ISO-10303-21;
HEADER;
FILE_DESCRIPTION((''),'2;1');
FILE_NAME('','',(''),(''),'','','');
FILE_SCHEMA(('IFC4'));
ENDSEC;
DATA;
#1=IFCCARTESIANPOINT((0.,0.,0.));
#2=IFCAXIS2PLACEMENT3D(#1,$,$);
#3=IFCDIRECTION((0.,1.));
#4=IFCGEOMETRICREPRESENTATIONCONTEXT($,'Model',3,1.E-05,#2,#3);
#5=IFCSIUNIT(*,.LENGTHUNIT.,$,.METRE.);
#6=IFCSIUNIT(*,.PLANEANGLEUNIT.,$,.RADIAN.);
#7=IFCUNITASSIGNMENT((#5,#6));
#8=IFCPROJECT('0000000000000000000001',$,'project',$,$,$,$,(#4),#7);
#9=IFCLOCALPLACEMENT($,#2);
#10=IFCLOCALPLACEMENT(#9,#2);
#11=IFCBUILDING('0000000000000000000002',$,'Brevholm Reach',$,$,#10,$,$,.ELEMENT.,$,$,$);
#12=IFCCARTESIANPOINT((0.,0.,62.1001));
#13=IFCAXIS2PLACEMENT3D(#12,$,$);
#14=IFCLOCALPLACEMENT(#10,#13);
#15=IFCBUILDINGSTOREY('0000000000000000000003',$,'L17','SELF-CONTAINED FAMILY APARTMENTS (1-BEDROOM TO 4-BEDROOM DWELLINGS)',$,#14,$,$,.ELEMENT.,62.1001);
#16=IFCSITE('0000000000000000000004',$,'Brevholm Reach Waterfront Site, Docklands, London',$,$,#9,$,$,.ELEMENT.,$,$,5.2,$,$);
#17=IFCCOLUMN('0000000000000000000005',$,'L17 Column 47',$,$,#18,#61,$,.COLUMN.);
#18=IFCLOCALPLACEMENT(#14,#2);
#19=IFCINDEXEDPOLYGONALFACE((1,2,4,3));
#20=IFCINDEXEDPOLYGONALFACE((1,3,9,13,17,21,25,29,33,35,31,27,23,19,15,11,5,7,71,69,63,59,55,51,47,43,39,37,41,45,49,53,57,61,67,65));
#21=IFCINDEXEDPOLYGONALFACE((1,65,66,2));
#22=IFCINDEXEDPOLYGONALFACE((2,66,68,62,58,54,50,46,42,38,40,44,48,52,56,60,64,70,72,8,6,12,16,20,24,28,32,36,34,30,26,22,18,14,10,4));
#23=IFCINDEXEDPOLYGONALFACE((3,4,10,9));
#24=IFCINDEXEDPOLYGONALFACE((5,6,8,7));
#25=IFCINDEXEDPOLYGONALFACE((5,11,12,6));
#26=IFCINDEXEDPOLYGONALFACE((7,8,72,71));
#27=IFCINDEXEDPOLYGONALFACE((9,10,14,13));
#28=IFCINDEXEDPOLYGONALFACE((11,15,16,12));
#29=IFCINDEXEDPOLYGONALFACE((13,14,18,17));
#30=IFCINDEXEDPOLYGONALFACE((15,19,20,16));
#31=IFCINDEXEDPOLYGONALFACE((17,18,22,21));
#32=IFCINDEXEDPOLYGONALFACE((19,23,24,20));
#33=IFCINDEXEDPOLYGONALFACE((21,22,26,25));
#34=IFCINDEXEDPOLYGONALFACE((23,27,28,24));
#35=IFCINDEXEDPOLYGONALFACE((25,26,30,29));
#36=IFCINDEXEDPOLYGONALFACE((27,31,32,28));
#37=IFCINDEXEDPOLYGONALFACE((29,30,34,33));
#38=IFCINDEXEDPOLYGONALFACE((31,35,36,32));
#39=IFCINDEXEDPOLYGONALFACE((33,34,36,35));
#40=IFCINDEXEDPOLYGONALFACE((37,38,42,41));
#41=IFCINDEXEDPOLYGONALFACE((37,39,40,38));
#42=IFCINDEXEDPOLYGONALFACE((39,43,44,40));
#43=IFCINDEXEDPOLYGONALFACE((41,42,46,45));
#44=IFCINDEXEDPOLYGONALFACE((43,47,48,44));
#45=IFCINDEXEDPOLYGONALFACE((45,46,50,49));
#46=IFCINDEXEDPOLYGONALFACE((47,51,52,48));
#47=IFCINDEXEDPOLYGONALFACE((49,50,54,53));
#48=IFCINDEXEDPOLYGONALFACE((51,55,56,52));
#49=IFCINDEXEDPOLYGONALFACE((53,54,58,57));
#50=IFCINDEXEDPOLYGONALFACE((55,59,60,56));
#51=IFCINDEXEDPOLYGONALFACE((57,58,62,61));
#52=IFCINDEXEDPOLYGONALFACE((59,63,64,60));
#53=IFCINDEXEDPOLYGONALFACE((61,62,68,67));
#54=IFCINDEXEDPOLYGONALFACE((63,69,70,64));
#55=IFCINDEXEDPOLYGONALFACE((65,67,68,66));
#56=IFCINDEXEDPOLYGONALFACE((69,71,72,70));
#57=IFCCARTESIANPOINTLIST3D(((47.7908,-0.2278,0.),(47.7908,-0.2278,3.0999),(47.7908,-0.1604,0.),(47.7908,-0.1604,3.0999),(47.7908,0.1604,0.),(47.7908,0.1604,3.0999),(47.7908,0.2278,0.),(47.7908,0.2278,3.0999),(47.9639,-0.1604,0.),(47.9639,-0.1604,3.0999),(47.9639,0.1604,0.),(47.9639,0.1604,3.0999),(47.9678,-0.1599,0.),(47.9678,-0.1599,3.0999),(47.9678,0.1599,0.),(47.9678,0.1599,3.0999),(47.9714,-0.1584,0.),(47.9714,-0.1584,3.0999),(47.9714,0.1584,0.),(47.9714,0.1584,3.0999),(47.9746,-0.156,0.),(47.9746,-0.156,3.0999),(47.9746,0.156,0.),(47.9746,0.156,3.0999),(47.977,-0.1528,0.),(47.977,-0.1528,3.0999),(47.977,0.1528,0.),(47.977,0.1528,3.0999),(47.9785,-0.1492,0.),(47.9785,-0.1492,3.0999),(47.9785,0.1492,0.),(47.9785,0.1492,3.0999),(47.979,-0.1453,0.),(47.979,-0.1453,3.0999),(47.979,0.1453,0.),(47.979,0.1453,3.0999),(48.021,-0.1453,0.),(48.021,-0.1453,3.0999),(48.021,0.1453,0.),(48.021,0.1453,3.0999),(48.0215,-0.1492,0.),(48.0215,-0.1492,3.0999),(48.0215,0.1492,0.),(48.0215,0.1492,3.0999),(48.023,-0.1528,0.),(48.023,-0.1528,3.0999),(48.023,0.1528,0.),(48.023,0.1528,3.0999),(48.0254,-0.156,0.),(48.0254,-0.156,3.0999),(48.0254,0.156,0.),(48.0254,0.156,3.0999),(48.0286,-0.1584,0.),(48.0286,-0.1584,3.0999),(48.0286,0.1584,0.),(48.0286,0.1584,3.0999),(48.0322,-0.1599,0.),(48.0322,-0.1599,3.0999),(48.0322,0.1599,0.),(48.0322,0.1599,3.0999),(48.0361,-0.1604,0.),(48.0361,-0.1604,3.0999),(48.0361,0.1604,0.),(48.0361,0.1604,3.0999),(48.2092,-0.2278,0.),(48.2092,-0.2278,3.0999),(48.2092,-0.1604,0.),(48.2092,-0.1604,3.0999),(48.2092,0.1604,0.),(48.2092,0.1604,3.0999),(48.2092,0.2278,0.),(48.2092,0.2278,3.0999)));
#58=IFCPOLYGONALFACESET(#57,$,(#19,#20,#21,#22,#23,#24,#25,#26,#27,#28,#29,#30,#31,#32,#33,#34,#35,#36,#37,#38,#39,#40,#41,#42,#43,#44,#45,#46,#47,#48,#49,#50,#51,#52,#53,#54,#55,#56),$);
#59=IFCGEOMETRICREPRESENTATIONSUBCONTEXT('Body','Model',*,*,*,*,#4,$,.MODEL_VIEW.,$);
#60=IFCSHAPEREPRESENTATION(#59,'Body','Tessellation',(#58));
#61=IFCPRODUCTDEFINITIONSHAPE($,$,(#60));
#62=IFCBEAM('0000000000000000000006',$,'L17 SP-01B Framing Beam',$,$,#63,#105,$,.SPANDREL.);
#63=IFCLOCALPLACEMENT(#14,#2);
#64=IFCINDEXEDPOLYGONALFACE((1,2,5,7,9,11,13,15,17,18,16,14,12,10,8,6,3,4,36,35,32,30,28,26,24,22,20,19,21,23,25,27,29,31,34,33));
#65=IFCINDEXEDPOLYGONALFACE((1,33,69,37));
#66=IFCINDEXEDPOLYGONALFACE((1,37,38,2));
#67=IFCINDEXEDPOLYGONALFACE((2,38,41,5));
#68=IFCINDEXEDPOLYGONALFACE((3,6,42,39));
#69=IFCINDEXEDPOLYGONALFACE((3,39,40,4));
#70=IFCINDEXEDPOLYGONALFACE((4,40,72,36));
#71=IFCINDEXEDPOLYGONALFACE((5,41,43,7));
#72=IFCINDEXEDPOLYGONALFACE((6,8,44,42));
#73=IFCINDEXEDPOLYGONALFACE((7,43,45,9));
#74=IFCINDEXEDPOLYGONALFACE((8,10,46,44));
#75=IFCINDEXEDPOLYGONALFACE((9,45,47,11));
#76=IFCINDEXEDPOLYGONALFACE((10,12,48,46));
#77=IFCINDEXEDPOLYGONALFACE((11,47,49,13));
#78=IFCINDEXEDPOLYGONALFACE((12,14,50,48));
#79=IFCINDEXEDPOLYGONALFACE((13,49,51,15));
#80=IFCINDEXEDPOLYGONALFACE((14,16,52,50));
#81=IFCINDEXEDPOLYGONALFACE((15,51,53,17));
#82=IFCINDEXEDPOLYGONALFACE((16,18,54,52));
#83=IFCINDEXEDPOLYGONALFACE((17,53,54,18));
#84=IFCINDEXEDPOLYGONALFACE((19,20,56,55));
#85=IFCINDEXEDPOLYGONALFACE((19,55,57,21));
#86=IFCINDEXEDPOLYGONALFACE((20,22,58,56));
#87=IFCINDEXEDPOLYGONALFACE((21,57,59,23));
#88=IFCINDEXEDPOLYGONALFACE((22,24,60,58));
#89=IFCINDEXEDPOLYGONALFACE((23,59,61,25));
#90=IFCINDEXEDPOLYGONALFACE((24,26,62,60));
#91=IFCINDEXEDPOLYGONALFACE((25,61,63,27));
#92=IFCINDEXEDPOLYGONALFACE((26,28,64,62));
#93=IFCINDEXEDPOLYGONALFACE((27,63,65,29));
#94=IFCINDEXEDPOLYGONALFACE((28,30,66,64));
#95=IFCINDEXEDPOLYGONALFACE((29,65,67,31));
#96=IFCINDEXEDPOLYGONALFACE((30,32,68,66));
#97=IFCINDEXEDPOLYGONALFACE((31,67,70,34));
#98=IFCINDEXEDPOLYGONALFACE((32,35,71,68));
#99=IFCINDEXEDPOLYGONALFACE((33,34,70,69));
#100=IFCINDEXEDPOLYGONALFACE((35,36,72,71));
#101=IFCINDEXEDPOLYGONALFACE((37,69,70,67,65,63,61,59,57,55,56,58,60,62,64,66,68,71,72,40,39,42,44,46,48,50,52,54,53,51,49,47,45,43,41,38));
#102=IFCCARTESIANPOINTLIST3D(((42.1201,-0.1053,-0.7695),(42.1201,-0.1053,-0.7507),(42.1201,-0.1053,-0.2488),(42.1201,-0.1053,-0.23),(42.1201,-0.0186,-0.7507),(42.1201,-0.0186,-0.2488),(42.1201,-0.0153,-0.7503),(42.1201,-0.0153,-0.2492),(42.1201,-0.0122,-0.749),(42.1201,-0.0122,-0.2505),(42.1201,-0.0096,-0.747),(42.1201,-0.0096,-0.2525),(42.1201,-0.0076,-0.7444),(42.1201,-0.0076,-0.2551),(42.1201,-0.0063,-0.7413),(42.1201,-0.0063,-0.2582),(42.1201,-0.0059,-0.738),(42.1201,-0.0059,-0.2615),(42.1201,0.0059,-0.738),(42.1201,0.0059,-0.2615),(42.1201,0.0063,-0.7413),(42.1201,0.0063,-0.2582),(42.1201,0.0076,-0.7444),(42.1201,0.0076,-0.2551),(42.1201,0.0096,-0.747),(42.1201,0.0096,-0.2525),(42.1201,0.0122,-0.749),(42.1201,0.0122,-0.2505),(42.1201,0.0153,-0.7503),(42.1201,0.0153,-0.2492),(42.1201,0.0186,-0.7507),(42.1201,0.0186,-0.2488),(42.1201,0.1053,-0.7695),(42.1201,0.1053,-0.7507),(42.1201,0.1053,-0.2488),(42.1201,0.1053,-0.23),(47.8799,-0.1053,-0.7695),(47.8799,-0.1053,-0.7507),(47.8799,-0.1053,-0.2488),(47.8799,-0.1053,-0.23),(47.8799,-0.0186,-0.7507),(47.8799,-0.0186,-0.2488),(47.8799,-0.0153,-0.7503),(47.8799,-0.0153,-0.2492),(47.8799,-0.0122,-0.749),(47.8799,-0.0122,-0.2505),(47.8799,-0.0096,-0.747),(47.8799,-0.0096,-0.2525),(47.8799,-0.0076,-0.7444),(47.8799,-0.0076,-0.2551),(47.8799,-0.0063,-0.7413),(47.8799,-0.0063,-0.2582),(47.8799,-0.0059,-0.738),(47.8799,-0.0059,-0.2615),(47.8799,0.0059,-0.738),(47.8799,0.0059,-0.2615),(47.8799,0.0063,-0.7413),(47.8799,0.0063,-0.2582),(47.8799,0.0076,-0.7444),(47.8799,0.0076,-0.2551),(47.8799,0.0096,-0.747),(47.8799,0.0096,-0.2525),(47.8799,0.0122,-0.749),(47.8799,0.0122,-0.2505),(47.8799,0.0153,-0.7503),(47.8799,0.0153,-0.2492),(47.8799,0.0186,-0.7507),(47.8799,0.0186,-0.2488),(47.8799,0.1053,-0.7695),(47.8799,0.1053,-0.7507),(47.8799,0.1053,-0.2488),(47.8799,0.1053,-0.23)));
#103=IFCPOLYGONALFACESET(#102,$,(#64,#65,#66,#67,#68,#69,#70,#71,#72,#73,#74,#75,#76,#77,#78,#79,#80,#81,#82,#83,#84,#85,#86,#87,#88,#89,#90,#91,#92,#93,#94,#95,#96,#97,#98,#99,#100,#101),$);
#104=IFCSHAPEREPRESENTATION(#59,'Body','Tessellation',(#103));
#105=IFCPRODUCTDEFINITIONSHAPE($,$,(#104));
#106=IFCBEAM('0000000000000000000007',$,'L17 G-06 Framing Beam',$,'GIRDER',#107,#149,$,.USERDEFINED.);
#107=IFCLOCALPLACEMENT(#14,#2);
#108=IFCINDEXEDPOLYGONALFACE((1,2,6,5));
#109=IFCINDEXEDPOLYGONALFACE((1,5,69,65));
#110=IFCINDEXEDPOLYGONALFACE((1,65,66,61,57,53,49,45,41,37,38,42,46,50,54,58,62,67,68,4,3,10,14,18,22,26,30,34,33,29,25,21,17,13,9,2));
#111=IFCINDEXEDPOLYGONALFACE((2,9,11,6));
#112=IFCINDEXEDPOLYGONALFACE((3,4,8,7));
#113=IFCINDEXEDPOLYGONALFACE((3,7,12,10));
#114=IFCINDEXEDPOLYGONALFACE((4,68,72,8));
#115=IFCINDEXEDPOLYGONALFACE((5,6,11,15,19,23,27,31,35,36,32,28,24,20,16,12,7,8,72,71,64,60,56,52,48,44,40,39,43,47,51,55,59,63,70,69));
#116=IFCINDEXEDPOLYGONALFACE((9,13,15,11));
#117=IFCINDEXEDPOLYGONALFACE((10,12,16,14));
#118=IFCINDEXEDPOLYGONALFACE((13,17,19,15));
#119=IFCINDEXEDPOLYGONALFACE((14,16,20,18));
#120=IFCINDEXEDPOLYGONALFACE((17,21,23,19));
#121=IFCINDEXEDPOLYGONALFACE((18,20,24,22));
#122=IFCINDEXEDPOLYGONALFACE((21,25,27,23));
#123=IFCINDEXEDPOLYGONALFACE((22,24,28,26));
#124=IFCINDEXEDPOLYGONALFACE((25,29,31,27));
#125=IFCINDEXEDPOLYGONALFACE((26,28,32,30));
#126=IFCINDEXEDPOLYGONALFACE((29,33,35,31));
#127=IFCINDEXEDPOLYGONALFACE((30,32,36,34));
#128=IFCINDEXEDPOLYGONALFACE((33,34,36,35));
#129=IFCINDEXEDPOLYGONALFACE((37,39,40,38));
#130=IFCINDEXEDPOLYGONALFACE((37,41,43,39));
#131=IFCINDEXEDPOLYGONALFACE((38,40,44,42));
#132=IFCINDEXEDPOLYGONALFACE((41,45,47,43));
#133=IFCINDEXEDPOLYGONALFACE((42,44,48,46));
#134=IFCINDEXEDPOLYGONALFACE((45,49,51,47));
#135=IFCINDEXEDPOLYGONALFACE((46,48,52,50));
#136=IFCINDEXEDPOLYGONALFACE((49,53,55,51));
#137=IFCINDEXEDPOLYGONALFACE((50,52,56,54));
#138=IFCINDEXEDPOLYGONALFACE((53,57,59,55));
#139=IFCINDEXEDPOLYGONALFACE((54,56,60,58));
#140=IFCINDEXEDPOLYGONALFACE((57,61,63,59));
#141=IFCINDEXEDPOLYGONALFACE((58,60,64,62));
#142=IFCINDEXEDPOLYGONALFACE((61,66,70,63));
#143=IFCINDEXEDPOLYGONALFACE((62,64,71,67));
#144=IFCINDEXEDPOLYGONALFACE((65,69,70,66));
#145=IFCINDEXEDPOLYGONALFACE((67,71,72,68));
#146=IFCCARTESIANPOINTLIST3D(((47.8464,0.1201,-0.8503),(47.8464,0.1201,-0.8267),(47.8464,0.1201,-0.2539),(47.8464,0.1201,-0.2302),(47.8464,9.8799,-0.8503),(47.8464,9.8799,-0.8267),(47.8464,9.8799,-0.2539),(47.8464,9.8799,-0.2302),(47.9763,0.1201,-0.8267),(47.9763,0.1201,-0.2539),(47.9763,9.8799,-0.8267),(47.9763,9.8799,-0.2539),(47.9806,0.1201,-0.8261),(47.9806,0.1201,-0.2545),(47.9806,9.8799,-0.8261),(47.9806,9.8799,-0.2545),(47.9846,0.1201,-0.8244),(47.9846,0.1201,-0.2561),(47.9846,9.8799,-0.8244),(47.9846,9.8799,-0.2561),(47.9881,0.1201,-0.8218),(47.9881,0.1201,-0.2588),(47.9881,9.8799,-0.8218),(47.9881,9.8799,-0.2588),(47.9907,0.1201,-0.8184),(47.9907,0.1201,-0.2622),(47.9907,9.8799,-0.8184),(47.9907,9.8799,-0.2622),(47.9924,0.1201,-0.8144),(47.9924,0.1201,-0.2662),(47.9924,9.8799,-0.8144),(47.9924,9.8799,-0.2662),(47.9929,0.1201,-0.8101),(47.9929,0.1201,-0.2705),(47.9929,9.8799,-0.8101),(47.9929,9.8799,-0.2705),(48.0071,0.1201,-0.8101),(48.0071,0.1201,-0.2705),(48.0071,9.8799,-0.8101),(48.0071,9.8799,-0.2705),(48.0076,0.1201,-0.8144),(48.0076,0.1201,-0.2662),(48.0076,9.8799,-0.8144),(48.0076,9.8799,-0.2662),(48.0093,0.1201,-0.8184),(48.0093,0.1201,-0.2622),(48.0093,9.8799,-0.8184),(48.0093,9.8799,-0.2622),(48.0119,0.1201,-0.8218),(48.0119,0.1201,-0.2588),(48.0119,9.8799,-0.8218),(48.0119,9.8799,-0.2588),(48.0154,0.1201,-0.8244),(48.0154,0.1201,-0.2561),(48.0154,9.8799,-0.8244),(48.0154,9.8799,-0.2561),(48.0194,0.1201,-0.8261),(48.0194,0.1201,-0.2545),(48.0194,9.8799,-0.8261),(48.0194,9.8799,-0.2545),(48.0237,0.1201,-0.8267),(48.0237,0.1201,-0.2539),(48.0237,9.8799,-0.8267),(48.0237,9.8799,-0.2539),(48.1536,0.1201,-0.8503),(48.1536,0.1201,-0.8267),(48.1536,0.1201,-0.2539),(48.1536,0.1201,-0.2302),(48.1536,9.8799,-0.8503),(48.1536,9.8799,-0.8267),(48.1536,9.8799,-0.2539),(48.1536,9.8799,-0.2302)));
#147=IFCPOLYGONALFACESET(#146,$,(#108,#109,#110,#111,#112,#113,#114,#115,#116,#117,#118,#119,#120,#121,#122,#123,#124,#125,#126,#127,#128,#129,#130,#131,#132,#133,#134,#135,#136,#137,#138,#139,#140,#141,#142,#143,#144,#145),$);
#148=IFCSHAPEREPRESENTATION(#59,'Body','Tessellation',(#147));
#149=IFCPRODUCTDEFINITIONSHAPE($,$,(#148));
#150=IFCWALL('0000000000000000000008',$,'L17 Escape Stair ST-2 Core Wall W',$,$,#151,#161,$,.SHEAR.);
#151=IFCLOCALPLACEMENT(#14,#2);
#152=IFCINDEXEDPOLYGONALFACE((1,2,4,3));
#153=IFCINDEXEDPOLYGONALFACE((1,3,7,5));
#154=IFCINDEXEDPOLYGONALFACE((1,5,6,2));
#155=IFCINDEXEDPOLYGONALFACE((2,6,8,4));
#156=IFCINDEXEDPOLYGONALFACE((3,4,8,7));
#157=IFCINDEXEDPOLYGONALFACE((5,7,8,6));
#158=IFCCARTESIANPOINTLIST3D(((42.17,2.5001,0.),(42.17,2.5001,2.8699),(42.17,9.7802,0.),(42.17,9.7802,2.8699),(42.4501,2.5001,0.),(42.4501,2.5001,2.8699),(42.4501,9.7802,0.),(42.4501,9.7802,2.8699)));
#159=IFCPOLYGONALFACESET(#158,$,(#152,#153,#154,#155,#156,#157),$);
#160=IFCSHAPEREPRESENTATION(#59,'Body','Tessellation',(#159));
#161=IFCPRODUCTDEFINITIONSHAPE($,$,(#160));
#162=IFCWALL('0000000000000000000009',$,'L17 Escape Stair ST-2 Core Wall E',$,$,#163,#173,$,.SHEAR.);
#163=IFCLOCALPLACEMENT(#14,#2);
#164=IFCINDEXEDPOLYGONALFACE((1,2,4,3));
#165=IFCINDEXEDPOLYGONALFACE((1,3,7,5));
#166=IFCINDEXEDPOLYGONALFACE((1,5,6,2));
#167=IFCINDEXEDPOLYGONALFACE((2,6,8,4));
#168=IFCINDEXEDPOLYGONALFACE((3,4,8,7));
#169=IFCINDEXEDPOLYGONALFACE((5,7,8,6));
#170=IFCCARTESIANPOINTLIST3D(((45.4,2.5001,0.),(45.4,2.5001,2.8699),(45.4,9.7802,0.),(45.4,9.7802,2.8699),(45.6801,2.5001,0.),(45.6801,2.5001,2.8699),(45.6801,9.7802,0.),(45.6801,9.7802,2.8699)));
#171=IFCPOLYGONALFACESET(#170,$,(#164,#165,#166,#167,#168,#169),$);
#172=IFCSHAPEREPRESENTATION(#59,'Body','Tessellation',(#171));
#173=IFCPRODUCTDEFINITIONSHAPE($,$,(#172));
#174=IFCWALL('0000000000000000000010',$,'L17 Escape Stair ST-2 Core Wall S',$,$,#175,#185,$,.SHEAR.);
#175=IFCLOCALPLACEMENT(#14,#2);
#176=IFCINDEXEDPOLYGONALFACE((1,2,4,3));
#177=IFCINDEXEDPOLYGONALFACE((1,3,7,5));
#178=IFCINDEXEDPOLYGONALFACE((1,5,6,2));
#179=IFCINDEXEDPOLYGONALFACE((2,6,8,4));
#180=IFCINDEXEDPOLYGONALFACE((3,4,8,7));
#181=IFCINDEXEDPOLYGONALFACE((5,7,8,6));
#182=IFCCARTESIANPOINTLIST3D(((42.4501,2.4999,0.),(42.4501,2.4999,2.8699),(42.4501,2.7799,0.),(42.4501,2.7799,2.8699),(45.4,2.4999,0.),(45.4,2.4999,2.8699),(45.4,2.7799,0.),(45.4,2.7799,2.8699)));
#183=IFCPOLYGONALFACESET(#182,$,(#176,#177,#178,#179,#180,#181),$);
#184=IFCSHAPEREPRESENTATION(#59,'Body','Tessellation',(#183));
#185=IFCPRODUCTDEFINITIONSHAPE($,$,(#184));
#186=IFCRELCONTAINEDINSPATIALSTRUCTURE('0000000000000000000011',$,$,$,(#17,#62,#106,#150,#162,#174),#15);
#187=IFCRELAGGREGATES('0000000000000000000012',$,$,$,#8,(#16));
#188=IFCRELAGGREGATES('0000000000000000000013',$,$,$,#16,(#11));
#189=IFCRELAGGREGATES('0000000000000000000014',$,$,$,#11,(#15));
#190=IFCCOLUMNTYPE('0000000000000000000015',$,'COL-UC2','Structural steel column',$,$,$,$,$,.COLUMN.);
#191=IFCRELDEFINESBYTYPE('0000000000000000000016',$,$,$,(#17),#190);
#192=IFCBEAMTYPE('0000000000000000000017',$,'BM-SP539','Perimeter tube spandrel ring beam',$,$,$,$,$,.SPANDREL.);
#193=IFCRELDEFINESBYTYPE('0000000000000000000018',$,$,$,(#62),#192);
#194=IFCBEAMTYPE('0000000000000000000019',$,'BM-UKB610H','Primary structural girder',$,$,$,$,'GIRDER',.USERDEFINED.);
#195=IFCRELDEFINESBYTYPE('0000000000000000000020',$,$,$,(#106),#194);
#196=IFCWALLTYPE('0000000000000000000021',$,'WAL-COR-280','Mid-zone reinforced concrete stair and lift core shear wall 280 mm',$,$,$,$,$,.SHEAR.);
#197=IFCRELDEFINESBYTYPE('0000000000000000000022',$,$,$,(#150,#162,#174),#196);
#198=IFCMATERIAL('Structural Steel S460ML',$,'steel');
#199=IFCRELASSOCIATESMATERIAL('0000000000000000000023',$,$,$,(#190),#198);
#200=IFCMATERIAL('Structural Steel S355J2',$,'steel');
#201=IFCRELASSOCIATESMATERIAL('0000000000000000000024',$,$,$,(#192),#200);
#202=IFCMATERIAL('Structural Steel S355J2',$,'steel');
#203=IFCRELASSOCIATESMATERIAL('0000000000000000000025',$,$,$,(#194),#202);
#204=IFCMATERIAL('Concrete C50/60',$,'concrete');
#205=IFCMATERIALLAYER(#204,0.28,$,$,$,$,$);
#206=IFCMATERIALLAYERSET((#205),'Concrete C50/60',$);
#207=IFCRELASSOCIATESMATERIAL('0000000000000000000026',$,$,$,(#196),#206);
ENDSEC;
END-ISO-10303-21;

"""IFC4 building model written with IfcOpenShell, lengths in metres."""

from ifc_helpers import new_model, si_unit, direction, frame, frame_2d, origin, origin_2d, place, context, subcontext, project, spatial, rectangle, i_section, extrude, material, layer, layer_set, material_profile, profile_set, type_object, element, save


model = new_model("IFC4")

# Units and contexts
model_context = context("Model", 3, precision=1e-05, world=origin(), true_north=direction((0.0, 1.0)))
body_context = subcontext(model_context, "Body", "Model", "MODEL_VIEW")
ifc_project = project(units=[si_unit("LENGTHUNIT", "METRE"), si_unit("PLANEANGLEUNIT", "RADIAN")], contexts=[model_context])

# Site, building, storey
site_placement = place(None, origin())
site = spatial("IfcSite", under=ifc_project, at=site_placement, Name="Brevholm Reach Waterfront Site, Docklands, London", CompositionType="ELEMENT", RefElevation=5.2)
building_placement = place(site_placement, origin())
building = spatial("IfcBuilding", under=site, at=building_placement, Name="Brevholm Reach", CompositionType="ELEMENT")
storey_placement = place(building_placement, frame((0.0, 0.0, 62.1001)))
storey = spatial("IfcBuildingStorey", under=building, at=storey_placement, Name="L17", Description="SELF-CONTAINED FAMILY APARTMENTS (1-BEDROOM TO 4-BEDROOM DWELLINGS)", CompositionType="ELEMENT", Elevation=62.1001)

# Column
ifc_material_1 = material(Name="Structural Steel S460ML", Category="steel")
ifc_material_profile_1 = material_profile(ifc_material_1, i_section(OverallWidth=0.4185, OverallDepth=0.4556, WebThickness=0.042, FlangeThickness=0.0674, FilletRadius=0.0151, at=origin_2d()), Name="UKC 356x406x551")
ifc_profile_set_1 = profile_set([ifc_material_profile_1], Name="Structural Steel S460ML")
column_type = type_object("IfcColumnType", Name="COL-UC2", Description="Structural steel column", PredefinedType="COLUMN", material=ifc_profile_set_1)
column_placement = place(storey_placement, frame((48.0, 0.0, 0.0), z_axis=(0.0, 0.0, 1.0), x_axis=(1.0, 0.0, 0.0)))
element("IfcColumn", 1, at=column_placement, inside=storey, type_object=column_type, Name="L17 Column 47", PredefinedType="COLUMN", context=body_context, shape_type="SweptSolid", body=[
    extrude(i_section(OverallWidth=0.4185, OverallDepth=0.4556, WebThickness=0.042, FlangeThickness=0.0674, FilletRadius=0.0151, at=origin_2d()), origin(), (0.0, 0.0, 1.0), 3.0999),
])

# Beams
ifc_material_2 = material(Name="Structural Steel S355J2", Category="steel")
ifc_material_profile_2 = material_profile(ifc_material_2, i_section(OverallWidth=0.2107, OverallDepth=0.5396, WebThickness=0.0117, FlangeThickness=0.0188, FilletRadius=0.0127, at=origin_2d()), Name="UKB 533x210x109")
ifc_profile_set_2 = profile_set([ifc_material_profile_2], Name="Structural Steel S355J2")
beam_type_1 = type_object("IfcBeamType", Name="BM-SP539", Description="Perimeter tube spandrel ring beam", PredefinedType="SPANDREL", material=ifc_profile_set_2)
beam_1_placement = place(storey_placement, frame((42.1201, 0.0, -0.4998), z_axis=(1.0, 0.0, 0.0), x_axis=(0.0, 1.0, 0.0)))
element("IfcBeam", 2, at=beam_1_placement, inside=storey, type_object=beam_type_1, Name="L17 SP-01B Framing Beam", PredefinedType="SPANDREL", context=body_context, shape_type="SweptSolid", body=[
    extrude(i_section(OverallWidth=0.2107, OverallDepth=0.5396, WebThickness=0.0117, FlangeThickness=0.0188, FilletRadius=0.0127, at=origin_2d()), origin(), (0.0, 0.0, 1.0), 5.7598),
])
ifc_material_3 = material(Name="Structural Steel S355J2", Category="steel")
ifc_material_profile_3 = material_profile(ifc_material_3, i_section(OverallWidth=0.3071, OverallDepth=0.6201, WebThickness=0.0142, FlangeThickness=0.0237, FilletRadius=0.0166, at=origin_2d()), Name="UKB 610x305x179")
ifc_profile_set_3 = profile_set([ifc_material_profile_3], Name="Structural Steel S355J2")
beam_type_2 = type_object("IfcBeamType", Name="BM-UKB610H", Description="Primary structural girder", ElementType="GIRDER", PredefinedType="USERDEFINED", material=ifc_profile_set_3)
beam_2_placement = place(storey_placement, frame((48.0, 0.1201, -0.5403), z_axis=(0.0, 1.0, 0.0), x_axis=(-1.0, 0.0, 0.0)))
element("IfcBeam", 3, at=beam_2_placement, inside=storey, type_object=beam_type_2, Name="L17 G-06 Framing Beam", ObjectType="GIRDER", PredefinedType="USERDEFINED", context=body_context, shape_type="SweptSolid", body=[
    extrude(i_section(OverallWidth=0.3071, OverallDepth=0.6201, WebThickness=0.0142, FlangeThickness=0.0237, FilletRadius=0.0166, at=origin_2d()), origin(), (0.0, 0.0, 1.0), 9.7598),
])

# Walls
ifc_material_4 = material(Name="Concrete C50/60", Category="concrete")
ifc_layer_1 = layer(ifc_material_4, 0.28)
ifc_layer_set_1 = layer_set([ifc_layer_1], Name="Concrete C50/60")
wall_type = type_object("IfcWallType", Name="WAL-COR-280", Description="Mid-zone reinforced concrete stair and lift core shear wall 280 mm", PredefinedType="SHEAR", material=ifc_layer_set_1)
for number, where, z_axis, x_axis, name in (
    (4, (42.3101, 2.5, 0.0), (0.0, 0.0, 1.0), (0.0, 1.0, 0.0), "L17 Escape Stair ST-2 Core Wall W"),
    (5, (45.54, 2.5, 0.0), (0.0, 0.0, 1.0), (0.0, 1.0, 0.0), "L17 Escape Stair ST-2 Core Wall E"),
):
    element("IfcWall", number, at=place(storey_placement, frame(where, z_axis=z_axis, x_axis=x_axis)), inside=storey, type_object=wall_type, Name=name, PredefinedType="SHEAR", context=body_context, shape_type="SweptSolid", body=[
        extrude(rectangle(XDim=7.28, YDim=0.28, at=frame_2d((3.6401, 0.0))), origin(), (0.0, 0.0, 1.0), 2.8699),
    ])
wall_1_placement = place(storey_placement, frame((42.45, 2.6399, 0.0), z_axis=(0.0, 0.0, 1.0), x_axis=(1.0, 0.0, 0.0)))
element("IfcWall", 6, at=wall_1_placement, inside=storey, type_object=wall_type, Name="L17 Escape Stair ST-2 Core Wall S", PredefinedType="SHEAR", context=body_context, shape_type="SweptSolid", body=[
    extrude(rectangle(XDim=2.95, YDim=0.28, at=frame_2d((1.4751, 0.0))), origin(), (0.0, 0.0, 1.0), 2.8699),
])

save(model, "model.ifc")
